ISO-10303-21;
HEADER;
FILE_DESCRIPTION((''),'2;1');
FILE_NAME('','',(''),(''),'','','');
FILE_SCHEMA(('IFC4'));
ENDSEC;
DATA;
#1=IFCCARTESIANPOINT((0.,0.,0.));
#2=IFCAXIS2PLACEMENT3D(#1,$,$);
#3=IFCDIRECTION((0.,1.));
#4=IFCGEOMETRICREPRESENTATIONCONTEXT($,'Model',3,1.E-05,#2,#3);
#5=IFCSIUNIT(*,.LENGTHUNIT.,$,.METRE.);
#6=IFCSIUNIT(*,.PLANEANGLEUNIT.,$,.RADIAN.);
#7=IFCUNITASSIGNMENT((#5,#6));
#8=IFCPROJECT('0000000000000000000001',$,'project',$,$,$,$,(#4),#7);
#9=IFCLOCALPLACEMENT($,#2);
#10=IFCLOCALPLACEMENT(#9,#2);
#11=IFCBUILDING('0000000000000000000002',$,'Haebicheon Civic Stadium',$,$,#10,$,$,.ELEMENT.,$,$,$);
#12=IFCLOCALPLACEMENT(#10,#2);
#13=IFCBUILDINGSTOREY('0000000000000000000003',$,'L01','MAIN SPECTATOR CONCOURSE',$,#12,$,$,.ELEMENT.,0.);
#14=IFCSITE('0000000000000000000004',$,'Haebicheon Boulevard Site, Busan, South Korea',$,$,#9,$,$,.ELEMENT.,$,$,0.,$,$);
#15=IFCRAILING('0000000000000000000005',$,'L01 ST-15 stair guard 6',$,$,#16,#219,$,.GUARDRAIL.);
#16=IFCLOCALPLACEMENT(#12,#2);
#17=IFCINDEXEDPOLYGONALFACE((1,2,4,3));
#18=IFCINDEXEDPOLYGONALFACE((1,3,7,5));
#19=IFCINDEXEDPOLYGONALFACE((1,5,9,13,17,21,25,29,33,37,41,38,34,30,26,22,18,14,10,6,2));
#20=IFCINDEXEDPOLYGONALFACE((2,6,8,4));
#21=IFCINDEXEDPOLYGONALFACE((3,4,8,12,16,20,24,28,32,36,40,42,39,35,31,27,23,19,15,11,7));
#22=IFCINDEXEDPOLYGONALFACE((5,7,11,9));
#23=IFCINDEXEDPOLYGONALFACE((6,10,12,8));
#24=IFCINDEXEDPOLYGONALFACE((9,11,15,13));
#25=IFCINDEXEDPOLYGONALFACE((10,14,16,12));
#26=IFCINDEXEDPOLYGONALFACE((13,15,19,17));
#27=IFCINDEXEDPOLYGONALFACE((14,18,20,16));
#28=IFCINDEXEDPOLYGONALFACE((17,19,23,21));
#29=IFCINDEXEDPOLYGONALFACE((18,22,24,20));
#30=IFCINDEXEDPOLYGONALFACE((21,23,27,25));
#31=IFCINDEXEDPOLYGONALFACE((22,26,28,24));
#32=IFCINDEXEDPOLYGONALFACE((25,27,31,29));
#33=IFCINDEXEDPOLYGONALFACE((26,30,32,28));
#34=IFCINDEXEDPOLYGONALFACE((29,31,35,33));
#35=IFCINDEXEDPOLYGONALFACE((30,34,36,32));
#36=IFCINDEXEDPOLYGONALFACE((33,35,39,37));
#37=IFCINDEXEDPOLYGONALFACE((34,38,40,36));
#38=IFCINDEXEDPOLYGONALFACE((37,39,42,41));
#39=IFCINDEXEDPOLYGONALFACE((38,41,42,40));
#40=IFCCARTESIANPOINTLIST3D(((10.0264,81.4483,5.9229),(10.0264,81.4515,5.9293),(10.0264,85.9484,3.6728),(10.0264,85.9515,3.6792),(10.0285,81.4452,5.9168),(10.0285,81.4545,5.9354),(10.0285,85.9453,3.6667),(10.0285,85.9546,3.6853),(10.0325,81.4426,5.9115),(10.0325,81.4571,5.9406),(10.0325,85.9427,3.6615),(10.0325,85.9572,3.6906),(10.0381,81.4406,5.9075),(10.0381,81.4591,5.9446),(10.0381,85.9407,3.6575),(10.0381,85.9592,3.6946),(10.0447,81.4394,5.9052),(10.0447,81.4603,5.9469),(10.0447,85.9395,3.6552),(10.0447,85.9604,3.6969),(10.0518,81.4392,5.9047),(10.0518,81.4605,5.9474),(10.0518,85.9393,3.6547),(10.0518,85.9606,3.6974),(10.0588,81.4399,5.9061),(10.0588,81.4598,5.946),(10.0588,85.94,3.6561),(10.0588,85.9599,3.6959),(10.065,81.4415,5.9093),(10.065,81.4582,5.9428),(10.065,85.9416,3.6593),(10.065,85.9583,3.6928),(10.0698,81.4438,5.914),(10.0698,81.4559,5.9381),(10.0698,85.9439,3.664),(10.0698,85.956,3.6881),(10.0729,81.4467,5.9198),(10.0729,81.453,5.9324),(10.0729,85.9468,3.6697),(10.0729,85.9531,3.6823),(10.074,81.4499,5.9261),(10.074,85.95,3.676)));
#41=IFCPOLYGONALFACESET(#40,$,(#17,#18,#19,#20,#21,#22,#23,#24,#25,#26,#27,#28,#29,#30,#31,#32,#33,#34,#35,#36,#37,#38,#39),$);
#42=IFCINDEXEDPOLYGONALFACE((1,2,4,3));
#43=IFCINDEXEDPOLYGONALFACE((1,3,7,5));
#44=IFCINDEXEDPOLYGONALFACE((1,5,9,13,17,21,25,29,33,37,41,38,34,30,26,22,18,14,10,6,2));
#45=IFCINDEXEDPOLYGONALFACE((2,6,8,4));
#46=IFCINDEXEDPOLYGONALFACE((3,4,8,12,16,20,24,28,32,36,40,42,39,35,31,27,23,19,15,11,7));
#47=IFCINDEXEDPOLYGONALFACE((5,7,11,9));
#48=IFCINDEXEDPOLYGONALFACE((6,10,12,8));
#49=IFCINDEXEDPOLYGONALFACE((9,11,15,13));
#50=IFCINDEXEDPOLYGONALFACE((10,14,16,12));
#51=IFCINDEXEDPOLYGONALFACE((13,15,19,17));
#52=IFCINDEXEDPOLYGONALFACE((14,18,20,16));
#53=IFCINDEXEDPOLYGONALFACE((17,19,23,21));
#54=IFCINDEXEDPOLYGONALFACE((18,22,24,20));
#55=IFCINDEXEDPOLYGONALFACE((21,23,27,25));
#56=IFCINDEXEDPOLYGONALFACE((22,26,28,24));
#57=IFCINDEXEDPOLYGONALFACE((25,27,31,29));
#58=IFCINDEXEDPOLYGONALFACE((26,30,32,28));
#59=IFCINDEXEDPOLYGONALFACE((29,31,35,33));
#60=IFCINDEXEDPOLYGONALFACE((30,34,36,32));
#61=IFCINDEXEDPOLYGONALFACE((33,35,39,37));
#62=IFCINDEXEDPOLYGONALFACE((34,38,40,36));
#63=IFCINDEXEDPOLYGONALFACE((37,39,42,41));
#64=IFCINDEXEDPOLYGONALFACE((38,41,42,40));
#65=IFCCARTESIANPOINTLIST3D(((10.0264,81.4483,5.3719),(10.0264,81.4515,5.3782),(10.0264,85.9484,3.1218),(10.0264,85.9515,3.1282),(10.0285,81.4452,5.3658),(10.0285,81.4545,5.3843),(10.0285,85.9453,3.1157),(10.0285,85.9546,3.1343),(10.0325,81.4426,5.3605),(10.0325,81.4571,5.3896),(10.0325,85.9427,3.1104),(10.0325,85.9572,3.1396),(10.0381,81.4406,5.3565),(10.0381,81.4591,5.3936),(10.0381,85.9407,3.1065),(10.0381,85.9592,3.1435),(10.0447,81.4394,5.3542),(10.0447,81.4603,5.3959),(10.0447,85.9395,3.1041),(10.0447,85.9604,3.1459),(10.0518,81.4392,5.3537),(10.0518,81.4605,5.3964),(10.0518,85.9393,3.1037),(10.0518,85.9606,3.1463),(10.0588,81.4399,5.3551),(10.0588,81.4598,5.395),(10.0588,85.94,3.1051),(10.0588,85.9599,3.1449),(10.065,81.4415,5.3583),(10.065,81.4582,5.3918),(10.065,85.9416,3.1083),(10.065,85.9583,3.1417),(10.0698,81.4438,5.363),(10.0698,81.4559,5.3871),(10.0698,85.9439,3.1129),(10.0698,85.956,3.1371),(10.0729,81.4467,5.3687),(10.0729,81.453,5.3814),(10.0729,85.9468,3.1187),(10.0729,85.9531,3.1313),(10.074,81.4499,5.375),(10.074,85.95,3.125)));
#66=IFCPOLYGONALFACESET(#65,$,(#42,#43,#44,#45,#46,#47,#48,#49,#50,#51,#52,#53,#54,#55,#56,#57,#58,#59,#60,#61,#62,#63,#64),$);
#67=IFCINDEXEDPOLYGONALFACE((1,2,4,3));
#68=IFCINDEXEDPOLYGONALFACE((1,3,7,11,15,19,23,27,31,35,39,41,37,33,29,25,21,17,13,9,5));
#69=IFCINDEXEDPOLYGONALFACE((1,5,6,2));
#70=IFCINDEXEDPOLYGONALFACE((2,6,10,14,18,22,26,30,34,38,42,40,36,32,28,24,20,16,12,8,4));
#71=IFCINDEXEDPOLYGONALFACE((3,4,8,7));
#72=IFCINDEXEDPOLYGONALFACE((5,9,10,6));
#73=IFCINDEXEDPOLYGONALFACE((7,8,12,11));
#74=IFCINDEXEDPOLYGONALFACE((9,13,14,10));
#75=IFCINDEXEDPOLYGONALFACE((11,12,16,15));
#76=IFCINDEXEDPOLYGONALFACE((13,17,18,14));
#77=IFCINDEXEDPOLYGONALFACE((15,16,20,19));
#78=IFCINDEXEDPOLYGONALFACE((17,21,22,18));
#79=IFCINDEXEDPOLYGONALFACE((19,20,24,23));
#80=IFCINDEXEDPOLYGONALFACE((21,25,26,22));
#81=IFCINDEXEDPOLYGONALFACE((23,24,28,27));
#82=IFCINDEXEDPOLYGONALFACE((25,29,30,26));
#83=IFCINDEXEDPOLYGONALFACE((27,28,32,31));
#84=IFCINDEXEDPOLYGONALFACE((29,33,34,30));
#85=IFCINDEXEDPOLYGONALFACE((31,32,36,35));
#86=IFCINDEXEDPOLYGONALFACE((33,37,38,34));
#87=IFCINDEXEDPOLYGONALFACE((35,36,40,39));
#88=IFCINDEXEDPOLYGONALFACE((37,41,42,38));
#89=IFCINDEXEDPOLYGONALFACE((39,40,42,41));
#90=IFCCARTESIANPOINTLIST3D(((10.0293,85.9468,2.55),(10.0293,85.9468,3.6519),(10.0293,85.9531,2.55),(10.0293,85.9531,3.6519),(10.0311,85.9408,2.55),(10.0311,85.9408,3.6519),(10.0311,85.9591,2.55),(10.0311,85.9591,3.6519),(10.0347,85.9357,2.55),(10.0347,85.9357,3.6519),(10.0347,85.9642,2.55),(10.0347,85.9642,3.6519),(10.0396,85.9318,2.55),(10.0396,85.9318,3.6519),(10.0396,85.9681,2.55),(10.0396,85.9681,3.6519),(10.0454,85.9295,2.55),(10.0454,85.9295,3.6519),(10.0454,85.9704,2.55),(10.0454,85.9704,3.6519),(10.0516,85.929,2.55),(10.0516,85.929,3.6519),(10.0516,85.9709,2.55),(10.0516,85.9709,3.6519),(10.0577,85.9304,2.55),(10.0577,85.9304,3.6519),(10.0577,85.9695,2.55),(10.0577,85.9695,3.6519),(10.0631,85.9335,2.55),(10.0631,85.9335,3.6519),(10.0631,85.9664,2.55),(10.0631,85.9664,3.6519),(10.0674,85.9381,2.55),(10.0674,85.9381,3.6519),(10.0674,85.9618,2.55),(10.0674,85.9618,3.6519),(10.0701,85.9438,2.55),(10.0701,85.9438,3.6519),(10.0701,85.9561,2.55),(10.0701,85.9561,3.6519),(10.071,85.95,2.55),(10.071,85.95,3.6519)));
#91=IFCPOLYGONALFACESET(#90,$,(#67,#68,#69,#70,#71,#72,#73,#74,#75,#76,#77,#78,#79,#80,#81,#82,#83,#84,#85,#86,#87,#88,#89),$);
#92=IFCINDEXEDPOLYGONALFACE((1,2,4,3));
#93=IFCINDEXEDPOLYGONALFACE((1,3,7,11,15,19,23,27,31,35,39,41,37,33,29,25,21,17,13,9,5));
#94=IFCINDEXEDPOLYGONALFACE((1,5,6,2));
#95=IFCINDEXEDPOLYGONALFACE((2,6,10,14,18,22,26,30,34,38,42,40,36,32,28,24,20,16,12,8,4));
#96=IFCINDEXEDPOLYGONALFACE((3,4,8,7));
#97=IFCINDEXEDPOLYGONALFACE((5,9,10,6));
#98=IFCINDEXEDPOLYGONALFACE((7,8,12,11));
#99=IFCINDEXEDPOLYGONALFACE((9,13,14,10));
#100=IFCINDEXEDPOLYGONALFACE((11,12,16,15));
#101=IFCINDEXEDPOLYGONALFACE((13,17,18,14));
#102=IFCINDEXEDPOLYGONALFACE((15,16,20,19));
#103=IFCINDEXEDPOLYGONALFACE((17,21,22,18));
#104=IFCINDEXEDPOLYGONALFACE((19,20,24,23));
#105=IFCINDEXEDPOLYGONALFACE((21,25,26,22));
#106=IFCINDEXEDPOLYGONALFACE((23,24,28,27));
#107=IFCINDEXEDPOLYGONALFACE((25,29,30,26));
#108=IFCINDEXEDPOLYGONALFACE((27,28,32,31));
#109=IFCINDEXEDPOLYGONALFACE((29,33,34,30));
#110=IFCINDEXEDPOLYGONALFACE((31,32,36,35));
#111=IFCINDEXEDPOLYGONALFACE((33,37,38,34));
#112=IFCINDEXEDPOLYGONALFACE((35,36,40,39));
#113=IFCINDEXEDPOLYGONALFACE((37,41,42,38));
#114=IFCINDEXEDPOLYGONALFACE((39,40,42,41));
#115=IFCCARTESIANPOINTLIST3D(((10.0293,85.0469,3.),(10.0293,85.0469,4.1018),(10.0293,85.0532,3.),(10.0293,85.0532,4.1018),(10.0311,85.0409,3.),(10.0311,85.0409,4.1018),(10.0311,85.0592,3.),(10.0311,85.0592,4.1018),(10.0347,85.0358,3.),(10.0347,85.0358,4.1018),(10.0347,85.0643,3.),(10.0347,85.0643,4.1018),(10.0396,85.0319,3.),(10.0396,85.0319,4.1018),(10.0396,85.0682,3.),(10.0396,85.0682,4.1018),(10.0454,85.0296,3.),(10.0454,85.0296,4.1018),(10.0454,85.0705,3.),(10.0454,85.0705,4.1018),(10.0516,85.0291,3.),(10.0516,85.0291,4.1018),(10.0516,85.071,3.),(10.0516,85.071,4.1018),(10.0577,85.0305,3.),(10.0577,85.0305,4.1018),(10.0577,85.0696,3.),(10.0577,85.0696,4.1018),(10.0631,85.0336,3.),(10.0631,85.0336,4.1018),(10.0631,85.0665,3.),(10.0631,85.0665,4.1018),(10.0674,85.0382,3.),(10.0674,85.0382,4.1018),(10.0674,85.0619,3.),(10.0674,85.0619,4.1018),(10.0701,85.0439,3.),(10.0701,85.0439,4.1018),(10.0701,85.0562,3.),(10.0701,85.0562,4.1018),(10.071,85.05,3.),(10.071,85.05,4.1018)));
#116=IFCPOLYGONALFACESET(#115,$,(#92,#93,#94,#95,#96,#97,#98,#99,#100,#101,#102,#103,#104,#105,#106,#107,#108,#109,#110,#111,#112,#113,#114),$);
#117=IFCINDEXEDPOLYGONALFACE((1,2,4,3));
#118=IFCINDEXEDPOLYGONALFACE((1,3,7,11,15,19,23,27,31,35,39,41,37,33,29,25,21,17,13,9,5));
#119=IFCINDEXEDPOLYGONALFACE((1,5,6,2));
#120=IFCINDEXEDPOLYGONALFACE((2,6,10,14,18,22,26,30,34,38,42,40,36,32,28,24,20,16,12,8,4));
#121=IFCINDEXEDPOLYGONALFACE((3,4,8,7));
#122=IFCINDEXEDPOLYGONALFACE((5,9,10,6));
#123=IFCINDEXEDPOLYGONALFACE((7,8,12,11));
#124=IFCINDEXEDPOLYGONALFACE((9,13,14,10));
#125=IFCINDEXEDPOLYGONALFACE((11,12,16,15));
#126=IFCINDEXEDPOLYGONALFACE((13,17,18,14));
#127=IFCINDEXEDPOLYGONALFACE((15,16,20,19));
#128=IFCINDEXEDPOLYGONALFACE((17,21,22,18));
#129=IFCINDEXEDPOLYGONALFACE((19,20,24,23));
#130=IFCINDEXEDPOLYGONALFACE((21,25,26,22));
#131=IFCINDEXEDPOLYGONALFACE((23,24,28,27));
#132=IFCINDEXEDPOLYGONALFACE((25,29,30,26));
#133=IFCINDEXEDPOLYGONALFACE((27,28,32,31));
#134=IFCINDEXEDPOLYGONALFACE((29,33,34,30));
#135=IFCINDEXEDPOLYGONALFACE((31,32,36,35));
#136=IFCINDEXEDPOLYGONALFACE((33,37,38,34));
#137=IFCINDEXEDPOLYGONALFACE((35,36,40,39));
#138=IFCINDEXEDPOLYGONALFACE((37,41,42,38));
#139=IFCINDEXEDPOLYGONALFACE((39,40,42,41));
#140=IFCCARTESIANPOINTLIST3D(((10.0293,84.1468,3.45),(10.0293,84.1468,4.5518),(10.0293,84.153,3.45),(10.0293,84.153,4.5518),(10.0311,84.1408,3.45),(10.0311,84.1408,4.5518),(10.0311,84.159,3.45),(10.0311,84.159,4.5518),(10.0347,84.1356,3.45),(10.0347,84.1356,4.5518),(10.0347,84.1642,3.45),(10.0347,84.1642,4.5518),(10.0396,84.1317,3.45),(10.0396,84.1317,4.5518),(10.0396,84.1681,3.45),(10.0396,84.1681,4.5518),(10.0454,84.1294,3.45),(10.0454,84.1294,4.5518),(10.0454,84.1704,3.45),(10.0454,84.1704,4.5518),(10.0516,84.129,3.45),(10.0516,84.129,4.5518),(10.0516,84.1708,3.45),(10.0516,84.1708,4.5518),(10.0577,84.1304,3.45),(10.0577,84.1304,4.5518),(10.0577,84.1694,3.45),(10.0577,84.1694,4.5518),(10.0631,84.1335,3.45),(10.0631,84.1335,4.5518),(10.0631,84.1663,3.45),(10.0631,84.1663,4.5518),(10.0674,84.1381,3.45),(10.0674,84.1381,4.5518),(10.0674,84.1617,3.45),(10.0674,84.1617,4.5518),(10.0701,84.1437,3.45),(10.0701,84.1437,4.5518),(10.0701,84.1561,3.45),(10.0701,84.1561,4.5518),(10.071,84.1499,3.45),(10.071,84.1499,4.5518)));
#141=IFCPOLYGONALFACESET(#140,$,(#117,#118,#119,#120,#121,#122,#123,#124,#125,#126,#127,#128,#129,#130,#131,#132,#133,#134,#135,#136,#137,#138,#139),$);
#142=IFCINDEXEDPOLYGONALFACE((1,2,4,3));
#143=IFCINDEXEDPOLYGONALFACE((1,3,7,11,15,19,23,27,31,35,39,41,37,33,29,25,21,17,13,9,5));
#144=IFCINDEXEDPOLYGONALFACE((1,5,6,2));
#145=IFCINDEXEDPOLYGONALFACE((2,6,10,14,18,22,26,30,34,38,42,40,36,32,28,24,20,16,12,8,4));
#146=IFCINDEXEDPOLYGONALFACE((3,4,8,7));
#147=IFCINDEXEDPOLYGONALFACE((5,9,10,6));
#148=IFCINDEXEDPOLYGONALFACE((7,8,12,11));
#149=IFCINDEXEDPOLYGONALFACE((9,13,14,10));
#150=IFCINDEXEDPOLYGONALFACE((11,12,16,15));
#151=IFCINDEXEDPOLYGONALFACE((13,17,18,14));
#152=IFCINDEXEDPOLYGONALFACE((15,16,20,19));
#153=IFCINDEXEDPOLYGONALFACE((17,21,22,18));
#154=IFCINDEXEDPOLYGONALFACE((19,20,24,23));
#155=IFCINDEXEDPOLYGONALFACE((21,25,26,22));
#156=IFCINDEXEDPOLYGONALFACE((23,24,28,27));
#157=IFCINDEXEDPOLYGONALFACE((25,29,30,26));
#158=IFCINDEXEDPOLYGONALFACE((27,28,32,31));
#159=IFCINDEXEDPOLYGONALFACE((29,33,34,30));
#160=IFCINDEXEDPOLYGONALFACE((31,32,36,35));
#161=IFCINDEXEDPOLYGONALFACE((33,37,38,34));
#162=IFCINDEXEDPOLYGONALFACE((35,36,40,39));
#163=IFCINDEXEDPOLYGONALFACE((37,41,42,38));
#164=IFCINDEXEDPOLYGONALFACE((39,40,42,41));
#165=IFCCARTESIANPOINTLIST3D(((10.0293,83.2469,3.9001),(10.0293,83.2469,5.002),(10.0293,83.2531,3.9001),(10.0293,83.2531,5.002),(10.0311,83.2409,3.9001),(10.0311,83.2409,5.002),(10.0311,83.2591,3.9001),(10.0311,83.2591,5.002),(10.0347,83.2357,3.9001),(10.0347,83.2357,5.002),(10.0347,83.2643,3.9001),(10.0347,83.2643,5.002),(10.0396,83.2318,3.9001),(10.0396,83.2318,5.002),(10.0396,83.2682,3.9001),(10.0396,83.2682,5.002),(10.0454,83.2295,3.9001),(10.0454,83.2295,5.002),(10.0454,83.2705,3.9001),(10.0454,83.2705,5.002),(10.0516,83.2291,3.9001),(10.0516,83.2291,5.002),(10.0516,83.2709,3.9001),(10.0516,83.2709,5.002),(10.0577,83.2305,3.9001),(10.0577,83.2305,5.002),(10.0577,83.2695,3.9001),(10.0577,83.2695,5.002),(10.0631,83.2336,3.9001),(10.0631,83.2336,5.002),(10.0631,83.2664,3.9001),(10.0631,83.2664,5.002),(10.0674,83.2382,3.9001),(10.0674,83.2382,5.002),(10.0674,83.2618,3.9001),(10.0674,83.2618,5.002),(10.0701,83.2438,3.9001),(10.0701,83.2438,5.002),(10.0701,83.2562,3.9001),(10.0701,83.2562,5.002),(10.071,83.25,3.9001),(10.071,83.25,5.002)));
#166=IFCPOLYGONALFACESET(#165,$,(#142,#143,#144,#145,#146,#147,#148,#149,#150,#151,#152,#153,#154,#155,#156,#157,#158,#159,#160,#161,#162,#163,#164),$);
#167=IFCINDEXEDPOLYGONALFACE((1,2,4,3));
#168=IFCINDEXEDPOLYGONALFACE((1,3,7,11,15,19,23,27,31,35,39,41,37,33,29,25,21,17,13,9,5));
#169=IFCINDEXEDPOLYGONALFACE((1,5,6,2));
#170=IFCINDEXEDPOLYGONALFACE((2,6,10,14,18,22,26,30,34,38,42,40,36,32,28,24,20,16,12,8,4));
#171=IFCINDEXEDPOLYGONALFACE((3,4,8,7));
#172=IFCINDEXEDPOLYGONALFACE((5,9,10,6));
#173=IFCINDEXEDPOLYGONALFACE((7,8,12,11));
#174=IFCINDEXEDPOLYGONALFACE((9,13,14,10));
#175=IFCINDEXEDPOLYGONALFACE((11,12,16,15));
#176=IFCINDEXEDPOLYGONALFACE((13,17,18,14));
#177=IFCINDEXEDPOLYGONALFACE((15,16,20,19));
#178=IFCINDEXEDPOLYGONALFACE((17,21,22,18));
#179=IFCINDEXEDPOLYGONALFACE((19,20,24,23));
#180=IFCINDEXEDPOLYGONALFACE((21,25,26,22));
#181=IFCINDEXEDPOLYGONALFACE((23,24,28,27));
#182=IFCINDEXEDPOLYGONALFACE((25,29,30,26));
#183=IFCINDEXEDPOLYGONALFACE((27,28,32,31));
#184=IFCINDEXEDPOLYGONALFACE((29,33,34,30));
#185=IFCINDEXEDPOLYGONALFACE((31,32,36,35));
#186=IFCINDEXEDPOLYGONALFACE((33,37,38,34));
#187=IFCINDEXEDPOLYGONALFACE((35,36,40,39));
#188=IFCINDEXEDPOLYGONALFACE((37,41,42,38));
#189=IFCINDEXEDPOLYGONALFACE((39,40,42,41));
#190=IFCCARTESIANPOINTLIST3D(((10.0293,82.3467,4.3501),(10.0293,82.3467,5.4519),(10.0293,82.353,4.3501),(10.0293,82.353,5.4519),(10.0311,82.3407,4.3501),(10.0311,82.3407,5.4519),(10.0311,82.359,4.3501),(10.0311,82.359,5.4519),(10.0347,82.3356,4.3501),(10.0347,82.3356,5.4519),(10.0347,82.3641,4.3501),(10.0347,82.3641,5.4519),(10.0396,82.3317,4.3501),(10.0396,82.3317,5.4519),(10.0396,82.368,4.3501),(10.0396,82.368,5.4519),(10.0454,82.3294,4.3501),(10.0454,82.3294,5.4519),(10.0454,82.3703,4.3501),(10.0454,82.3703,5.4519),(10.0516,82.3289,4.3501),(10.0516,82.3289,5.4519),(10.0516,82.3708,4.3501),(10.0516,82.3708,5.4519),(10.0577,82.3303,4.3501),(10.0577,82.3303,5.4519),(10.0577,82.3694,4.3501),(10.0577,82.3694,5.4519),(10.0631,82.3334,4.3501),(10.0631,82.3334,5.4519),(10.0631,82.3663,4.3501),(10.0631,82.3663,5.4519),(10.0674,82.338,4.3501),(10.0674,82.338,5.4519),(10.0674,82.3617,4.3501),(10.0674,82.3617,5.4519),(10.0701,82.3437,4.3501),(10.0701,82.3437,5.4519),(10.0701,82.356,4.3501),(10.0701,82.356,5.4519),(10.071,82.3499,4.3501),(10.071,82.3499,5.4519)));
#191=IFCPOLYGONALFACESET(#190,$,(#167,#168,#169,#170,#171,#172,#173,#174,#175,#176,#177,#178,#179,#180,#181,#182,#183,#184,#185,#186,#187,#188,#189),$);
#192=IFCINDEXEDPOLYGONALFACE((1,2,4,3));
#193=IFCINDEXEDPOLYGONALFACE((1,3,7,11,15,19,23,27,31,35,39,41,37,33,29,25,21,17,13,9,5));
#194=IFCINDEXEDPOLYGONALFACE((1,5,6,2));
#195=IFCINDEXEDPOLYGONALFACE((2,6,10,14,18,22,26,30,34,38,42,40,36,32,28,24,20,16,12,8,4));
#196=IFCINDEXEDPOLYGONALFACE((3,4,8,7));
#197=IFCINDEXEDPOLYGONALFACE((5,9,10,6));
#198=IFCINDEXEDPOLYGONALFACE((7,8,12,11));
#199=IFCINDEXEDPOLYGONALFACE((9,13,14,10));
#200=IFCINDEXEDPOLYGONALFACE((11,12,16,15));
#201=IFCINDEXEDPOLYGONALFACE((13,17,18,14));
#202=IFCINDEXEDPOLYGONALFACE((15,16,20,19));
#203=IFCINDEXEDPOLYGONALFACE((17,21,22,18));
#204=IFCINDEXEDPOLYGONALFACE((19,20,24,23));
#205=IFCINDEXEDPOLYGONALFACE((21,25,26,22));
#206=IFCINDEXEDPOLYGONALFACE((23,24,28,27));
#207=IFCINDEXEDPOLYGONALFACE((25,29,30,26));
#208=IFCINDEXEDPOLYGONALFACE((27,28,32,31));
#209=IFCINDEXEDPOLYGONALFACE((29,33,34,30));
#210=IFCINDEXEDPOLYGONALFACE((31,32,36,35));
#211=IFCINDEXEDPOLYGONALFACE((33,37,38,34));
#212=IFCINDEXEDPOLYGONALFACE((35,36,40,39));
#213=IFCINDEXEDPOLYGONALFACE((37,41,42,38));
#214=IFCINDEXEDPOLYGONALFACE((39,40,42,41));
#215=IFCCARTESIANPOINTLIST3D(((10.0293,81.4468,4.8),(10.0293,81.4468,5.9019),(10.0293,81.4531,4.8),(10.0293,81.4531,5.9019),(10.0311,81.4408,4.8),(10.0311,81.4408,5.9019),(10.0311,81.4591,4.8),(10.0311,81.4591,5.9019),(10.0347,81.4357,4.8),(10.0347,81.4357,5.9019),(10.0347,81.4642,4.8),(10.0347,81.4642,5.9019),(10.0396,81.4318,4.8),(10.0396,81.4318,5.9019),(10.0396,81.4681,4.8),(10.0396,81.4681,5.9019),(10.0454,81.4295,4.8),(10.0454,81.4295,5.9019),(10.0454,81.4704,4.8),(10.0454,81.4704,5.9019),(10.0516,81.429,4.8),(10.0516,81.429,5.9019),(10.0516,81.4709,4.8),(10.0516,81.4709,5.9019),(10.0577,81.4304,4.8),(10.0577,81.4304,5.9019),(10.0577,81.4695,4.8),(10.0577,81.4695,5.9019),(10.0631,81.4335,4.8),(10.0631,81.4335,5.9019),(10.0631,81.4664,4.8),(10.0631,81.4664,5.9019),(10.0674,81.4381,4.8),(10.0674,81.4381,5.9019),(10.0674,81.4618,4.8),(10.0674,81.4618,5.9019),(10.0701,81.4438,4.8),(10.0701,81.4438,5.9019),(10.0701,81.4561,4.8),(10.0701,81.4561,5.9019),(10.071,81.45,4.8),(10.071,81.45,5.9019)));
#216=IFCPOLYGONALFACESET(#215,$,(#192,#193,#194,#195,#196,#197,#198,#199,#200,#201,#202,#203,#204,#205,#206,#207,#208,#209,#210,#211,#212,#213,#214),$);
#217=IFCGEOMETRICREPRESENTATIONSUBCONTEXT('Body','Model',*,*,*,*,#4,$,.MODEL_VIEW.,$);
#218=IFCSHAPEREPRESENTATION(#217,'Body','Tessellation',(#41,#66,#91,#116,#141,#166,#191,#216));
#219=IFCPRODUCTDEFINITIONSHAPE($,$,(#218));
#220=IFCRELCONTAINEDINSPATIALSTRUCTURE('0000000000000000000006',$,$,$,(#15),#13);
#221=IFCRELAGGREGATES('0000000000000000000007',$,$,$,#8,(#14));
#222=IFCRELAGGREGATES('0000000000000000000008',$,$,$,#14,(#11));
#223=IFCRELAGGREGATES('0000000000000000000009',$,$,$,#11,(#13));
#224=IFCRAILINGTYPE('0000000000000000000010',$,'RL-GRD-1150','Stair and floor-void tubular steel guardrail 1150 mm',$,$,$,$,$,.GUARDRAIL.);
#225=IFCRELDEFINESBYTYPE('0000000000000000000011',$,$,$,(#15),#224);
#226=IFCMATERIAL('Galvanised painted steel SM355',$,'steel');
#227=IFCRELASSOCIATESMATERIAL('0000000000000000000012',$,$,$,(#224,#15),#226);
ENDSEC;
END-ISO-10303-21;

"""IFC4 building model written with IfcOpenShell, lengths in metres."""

from ifc_helpers import new_model, si_unit, direction, frame, origin, origin_2d, place, context, subcontext, project, spatial, circle, extrude, material, type_object, element, save


model = new_model("IFC4")

# Units and contexts
model_context = context("Model", 3, precision=1e-05, world=origin(), true_north=direction((0.0, 1.0)))
body_context = subcontext(model_context, "Body", "Model", "MODEL_VIEW")
ifc_project = project(units=[si_unit("LENGTHUNIT", "METRE"), si_unit("PLANEANGLEUNIT", "RADIAN")], contexts=[model_context])

# Site, building, storey
site_placement = place(None, origin())
site = spatial("IfcSite", under=ifc_project, at=site_placement, Name="Haebicheon Boulevard Site, Busan, South Korea", CompositionType="ELEMENT", RefElevation=0.0)
building_placement = place(site_placement, origin())
building = spatial("IfcBuilding", under=site, at=building_placement, Name="Haebicheon Civic Stadium", CompositionType="ELEMENT")
storey_placement = place(building_placement, origin())
storey = spatial("IfcBuildingStorey", under=building, at=storey_placement, Name="L01", Description="MAIN SPECTATOR CONCOURSE", CompositionType="ELEMENT", Elevation=0.0)

# Railing
ifc_material_1 = material(Name="Galvanised painted steel SM355", Category="steel")
railing_type_1 = type_object("IfcRailingType", Name="RL-GRD-1150", Description="Stair and floor-void tubular steel guardrail 1150 mm", PredefinedType="GUARDRAIL", material=ifc_material_1)
railing_1_placement = place(storey_placement, frame((10.05, 85.95, 2.55)))
element("IfcRailing", 1, at=railing_1_placement, inside=storey, type_object=railing_type_1, material=ifc_material_1, Name="L01 ST-15 stair guard 6", PredefinedType="GUARDRAIL", context=body_context, shape_type="SweptSolid", body=[
    extrude(circle(Radius=0.0239, at=origin_2d()), frame((0.0, 0.0, 1.126), z_axis=(0.0, -0.894427, 0.447214), x_axis=(1.0, 0.0, 0.0)), (0.0, 0.0, 1.0), 5.0312),
    extrude(circle(Radius=0.0239, at=origin_2d()), frame((0.0, 0.0, 0.575), z_axis=(0.0, -0.894427, 0.447214), x_axis=(1.0, 0.0, 0.0)), (0.0, 0.0, 1.0), 5.0312),
    extrude(circle(Radius=0.021, at=origin_2d()), origin(), (0.0, 0.0, 1.0), 1.1018),
    extrude(circle(Radius=0.021, at=origin_2d()), frame((0.0, -0.8999, 0.45)), (0.0, 0.0, 1.0), 1.1018),
    extrude(circle(Radius=0.021, at=origin_2d()), frame((0.0, -1.8, 0.8999)), (0.0, 0.0, 1.0), 1.1018),
    extrude(circle(Radius=0.021, at=origin_2d()), frame((0.0, -2.7, 1.3501)), (0.0, 0.0, 1.0), 1.1018),
    extrude(circle(Radius=0.021, at=origin_2d()), frame((0.0, -3.6001, 1.8)), (0.0, 0.0, 1.0), 1.1018),
    extrude(circle(Radius=0.021, at=origin_2d()), frame((0.0, -4.5, 2.25)), (0.0, 0.0, 1.0), 1.1018),
])

save(model, "model.ifc")
